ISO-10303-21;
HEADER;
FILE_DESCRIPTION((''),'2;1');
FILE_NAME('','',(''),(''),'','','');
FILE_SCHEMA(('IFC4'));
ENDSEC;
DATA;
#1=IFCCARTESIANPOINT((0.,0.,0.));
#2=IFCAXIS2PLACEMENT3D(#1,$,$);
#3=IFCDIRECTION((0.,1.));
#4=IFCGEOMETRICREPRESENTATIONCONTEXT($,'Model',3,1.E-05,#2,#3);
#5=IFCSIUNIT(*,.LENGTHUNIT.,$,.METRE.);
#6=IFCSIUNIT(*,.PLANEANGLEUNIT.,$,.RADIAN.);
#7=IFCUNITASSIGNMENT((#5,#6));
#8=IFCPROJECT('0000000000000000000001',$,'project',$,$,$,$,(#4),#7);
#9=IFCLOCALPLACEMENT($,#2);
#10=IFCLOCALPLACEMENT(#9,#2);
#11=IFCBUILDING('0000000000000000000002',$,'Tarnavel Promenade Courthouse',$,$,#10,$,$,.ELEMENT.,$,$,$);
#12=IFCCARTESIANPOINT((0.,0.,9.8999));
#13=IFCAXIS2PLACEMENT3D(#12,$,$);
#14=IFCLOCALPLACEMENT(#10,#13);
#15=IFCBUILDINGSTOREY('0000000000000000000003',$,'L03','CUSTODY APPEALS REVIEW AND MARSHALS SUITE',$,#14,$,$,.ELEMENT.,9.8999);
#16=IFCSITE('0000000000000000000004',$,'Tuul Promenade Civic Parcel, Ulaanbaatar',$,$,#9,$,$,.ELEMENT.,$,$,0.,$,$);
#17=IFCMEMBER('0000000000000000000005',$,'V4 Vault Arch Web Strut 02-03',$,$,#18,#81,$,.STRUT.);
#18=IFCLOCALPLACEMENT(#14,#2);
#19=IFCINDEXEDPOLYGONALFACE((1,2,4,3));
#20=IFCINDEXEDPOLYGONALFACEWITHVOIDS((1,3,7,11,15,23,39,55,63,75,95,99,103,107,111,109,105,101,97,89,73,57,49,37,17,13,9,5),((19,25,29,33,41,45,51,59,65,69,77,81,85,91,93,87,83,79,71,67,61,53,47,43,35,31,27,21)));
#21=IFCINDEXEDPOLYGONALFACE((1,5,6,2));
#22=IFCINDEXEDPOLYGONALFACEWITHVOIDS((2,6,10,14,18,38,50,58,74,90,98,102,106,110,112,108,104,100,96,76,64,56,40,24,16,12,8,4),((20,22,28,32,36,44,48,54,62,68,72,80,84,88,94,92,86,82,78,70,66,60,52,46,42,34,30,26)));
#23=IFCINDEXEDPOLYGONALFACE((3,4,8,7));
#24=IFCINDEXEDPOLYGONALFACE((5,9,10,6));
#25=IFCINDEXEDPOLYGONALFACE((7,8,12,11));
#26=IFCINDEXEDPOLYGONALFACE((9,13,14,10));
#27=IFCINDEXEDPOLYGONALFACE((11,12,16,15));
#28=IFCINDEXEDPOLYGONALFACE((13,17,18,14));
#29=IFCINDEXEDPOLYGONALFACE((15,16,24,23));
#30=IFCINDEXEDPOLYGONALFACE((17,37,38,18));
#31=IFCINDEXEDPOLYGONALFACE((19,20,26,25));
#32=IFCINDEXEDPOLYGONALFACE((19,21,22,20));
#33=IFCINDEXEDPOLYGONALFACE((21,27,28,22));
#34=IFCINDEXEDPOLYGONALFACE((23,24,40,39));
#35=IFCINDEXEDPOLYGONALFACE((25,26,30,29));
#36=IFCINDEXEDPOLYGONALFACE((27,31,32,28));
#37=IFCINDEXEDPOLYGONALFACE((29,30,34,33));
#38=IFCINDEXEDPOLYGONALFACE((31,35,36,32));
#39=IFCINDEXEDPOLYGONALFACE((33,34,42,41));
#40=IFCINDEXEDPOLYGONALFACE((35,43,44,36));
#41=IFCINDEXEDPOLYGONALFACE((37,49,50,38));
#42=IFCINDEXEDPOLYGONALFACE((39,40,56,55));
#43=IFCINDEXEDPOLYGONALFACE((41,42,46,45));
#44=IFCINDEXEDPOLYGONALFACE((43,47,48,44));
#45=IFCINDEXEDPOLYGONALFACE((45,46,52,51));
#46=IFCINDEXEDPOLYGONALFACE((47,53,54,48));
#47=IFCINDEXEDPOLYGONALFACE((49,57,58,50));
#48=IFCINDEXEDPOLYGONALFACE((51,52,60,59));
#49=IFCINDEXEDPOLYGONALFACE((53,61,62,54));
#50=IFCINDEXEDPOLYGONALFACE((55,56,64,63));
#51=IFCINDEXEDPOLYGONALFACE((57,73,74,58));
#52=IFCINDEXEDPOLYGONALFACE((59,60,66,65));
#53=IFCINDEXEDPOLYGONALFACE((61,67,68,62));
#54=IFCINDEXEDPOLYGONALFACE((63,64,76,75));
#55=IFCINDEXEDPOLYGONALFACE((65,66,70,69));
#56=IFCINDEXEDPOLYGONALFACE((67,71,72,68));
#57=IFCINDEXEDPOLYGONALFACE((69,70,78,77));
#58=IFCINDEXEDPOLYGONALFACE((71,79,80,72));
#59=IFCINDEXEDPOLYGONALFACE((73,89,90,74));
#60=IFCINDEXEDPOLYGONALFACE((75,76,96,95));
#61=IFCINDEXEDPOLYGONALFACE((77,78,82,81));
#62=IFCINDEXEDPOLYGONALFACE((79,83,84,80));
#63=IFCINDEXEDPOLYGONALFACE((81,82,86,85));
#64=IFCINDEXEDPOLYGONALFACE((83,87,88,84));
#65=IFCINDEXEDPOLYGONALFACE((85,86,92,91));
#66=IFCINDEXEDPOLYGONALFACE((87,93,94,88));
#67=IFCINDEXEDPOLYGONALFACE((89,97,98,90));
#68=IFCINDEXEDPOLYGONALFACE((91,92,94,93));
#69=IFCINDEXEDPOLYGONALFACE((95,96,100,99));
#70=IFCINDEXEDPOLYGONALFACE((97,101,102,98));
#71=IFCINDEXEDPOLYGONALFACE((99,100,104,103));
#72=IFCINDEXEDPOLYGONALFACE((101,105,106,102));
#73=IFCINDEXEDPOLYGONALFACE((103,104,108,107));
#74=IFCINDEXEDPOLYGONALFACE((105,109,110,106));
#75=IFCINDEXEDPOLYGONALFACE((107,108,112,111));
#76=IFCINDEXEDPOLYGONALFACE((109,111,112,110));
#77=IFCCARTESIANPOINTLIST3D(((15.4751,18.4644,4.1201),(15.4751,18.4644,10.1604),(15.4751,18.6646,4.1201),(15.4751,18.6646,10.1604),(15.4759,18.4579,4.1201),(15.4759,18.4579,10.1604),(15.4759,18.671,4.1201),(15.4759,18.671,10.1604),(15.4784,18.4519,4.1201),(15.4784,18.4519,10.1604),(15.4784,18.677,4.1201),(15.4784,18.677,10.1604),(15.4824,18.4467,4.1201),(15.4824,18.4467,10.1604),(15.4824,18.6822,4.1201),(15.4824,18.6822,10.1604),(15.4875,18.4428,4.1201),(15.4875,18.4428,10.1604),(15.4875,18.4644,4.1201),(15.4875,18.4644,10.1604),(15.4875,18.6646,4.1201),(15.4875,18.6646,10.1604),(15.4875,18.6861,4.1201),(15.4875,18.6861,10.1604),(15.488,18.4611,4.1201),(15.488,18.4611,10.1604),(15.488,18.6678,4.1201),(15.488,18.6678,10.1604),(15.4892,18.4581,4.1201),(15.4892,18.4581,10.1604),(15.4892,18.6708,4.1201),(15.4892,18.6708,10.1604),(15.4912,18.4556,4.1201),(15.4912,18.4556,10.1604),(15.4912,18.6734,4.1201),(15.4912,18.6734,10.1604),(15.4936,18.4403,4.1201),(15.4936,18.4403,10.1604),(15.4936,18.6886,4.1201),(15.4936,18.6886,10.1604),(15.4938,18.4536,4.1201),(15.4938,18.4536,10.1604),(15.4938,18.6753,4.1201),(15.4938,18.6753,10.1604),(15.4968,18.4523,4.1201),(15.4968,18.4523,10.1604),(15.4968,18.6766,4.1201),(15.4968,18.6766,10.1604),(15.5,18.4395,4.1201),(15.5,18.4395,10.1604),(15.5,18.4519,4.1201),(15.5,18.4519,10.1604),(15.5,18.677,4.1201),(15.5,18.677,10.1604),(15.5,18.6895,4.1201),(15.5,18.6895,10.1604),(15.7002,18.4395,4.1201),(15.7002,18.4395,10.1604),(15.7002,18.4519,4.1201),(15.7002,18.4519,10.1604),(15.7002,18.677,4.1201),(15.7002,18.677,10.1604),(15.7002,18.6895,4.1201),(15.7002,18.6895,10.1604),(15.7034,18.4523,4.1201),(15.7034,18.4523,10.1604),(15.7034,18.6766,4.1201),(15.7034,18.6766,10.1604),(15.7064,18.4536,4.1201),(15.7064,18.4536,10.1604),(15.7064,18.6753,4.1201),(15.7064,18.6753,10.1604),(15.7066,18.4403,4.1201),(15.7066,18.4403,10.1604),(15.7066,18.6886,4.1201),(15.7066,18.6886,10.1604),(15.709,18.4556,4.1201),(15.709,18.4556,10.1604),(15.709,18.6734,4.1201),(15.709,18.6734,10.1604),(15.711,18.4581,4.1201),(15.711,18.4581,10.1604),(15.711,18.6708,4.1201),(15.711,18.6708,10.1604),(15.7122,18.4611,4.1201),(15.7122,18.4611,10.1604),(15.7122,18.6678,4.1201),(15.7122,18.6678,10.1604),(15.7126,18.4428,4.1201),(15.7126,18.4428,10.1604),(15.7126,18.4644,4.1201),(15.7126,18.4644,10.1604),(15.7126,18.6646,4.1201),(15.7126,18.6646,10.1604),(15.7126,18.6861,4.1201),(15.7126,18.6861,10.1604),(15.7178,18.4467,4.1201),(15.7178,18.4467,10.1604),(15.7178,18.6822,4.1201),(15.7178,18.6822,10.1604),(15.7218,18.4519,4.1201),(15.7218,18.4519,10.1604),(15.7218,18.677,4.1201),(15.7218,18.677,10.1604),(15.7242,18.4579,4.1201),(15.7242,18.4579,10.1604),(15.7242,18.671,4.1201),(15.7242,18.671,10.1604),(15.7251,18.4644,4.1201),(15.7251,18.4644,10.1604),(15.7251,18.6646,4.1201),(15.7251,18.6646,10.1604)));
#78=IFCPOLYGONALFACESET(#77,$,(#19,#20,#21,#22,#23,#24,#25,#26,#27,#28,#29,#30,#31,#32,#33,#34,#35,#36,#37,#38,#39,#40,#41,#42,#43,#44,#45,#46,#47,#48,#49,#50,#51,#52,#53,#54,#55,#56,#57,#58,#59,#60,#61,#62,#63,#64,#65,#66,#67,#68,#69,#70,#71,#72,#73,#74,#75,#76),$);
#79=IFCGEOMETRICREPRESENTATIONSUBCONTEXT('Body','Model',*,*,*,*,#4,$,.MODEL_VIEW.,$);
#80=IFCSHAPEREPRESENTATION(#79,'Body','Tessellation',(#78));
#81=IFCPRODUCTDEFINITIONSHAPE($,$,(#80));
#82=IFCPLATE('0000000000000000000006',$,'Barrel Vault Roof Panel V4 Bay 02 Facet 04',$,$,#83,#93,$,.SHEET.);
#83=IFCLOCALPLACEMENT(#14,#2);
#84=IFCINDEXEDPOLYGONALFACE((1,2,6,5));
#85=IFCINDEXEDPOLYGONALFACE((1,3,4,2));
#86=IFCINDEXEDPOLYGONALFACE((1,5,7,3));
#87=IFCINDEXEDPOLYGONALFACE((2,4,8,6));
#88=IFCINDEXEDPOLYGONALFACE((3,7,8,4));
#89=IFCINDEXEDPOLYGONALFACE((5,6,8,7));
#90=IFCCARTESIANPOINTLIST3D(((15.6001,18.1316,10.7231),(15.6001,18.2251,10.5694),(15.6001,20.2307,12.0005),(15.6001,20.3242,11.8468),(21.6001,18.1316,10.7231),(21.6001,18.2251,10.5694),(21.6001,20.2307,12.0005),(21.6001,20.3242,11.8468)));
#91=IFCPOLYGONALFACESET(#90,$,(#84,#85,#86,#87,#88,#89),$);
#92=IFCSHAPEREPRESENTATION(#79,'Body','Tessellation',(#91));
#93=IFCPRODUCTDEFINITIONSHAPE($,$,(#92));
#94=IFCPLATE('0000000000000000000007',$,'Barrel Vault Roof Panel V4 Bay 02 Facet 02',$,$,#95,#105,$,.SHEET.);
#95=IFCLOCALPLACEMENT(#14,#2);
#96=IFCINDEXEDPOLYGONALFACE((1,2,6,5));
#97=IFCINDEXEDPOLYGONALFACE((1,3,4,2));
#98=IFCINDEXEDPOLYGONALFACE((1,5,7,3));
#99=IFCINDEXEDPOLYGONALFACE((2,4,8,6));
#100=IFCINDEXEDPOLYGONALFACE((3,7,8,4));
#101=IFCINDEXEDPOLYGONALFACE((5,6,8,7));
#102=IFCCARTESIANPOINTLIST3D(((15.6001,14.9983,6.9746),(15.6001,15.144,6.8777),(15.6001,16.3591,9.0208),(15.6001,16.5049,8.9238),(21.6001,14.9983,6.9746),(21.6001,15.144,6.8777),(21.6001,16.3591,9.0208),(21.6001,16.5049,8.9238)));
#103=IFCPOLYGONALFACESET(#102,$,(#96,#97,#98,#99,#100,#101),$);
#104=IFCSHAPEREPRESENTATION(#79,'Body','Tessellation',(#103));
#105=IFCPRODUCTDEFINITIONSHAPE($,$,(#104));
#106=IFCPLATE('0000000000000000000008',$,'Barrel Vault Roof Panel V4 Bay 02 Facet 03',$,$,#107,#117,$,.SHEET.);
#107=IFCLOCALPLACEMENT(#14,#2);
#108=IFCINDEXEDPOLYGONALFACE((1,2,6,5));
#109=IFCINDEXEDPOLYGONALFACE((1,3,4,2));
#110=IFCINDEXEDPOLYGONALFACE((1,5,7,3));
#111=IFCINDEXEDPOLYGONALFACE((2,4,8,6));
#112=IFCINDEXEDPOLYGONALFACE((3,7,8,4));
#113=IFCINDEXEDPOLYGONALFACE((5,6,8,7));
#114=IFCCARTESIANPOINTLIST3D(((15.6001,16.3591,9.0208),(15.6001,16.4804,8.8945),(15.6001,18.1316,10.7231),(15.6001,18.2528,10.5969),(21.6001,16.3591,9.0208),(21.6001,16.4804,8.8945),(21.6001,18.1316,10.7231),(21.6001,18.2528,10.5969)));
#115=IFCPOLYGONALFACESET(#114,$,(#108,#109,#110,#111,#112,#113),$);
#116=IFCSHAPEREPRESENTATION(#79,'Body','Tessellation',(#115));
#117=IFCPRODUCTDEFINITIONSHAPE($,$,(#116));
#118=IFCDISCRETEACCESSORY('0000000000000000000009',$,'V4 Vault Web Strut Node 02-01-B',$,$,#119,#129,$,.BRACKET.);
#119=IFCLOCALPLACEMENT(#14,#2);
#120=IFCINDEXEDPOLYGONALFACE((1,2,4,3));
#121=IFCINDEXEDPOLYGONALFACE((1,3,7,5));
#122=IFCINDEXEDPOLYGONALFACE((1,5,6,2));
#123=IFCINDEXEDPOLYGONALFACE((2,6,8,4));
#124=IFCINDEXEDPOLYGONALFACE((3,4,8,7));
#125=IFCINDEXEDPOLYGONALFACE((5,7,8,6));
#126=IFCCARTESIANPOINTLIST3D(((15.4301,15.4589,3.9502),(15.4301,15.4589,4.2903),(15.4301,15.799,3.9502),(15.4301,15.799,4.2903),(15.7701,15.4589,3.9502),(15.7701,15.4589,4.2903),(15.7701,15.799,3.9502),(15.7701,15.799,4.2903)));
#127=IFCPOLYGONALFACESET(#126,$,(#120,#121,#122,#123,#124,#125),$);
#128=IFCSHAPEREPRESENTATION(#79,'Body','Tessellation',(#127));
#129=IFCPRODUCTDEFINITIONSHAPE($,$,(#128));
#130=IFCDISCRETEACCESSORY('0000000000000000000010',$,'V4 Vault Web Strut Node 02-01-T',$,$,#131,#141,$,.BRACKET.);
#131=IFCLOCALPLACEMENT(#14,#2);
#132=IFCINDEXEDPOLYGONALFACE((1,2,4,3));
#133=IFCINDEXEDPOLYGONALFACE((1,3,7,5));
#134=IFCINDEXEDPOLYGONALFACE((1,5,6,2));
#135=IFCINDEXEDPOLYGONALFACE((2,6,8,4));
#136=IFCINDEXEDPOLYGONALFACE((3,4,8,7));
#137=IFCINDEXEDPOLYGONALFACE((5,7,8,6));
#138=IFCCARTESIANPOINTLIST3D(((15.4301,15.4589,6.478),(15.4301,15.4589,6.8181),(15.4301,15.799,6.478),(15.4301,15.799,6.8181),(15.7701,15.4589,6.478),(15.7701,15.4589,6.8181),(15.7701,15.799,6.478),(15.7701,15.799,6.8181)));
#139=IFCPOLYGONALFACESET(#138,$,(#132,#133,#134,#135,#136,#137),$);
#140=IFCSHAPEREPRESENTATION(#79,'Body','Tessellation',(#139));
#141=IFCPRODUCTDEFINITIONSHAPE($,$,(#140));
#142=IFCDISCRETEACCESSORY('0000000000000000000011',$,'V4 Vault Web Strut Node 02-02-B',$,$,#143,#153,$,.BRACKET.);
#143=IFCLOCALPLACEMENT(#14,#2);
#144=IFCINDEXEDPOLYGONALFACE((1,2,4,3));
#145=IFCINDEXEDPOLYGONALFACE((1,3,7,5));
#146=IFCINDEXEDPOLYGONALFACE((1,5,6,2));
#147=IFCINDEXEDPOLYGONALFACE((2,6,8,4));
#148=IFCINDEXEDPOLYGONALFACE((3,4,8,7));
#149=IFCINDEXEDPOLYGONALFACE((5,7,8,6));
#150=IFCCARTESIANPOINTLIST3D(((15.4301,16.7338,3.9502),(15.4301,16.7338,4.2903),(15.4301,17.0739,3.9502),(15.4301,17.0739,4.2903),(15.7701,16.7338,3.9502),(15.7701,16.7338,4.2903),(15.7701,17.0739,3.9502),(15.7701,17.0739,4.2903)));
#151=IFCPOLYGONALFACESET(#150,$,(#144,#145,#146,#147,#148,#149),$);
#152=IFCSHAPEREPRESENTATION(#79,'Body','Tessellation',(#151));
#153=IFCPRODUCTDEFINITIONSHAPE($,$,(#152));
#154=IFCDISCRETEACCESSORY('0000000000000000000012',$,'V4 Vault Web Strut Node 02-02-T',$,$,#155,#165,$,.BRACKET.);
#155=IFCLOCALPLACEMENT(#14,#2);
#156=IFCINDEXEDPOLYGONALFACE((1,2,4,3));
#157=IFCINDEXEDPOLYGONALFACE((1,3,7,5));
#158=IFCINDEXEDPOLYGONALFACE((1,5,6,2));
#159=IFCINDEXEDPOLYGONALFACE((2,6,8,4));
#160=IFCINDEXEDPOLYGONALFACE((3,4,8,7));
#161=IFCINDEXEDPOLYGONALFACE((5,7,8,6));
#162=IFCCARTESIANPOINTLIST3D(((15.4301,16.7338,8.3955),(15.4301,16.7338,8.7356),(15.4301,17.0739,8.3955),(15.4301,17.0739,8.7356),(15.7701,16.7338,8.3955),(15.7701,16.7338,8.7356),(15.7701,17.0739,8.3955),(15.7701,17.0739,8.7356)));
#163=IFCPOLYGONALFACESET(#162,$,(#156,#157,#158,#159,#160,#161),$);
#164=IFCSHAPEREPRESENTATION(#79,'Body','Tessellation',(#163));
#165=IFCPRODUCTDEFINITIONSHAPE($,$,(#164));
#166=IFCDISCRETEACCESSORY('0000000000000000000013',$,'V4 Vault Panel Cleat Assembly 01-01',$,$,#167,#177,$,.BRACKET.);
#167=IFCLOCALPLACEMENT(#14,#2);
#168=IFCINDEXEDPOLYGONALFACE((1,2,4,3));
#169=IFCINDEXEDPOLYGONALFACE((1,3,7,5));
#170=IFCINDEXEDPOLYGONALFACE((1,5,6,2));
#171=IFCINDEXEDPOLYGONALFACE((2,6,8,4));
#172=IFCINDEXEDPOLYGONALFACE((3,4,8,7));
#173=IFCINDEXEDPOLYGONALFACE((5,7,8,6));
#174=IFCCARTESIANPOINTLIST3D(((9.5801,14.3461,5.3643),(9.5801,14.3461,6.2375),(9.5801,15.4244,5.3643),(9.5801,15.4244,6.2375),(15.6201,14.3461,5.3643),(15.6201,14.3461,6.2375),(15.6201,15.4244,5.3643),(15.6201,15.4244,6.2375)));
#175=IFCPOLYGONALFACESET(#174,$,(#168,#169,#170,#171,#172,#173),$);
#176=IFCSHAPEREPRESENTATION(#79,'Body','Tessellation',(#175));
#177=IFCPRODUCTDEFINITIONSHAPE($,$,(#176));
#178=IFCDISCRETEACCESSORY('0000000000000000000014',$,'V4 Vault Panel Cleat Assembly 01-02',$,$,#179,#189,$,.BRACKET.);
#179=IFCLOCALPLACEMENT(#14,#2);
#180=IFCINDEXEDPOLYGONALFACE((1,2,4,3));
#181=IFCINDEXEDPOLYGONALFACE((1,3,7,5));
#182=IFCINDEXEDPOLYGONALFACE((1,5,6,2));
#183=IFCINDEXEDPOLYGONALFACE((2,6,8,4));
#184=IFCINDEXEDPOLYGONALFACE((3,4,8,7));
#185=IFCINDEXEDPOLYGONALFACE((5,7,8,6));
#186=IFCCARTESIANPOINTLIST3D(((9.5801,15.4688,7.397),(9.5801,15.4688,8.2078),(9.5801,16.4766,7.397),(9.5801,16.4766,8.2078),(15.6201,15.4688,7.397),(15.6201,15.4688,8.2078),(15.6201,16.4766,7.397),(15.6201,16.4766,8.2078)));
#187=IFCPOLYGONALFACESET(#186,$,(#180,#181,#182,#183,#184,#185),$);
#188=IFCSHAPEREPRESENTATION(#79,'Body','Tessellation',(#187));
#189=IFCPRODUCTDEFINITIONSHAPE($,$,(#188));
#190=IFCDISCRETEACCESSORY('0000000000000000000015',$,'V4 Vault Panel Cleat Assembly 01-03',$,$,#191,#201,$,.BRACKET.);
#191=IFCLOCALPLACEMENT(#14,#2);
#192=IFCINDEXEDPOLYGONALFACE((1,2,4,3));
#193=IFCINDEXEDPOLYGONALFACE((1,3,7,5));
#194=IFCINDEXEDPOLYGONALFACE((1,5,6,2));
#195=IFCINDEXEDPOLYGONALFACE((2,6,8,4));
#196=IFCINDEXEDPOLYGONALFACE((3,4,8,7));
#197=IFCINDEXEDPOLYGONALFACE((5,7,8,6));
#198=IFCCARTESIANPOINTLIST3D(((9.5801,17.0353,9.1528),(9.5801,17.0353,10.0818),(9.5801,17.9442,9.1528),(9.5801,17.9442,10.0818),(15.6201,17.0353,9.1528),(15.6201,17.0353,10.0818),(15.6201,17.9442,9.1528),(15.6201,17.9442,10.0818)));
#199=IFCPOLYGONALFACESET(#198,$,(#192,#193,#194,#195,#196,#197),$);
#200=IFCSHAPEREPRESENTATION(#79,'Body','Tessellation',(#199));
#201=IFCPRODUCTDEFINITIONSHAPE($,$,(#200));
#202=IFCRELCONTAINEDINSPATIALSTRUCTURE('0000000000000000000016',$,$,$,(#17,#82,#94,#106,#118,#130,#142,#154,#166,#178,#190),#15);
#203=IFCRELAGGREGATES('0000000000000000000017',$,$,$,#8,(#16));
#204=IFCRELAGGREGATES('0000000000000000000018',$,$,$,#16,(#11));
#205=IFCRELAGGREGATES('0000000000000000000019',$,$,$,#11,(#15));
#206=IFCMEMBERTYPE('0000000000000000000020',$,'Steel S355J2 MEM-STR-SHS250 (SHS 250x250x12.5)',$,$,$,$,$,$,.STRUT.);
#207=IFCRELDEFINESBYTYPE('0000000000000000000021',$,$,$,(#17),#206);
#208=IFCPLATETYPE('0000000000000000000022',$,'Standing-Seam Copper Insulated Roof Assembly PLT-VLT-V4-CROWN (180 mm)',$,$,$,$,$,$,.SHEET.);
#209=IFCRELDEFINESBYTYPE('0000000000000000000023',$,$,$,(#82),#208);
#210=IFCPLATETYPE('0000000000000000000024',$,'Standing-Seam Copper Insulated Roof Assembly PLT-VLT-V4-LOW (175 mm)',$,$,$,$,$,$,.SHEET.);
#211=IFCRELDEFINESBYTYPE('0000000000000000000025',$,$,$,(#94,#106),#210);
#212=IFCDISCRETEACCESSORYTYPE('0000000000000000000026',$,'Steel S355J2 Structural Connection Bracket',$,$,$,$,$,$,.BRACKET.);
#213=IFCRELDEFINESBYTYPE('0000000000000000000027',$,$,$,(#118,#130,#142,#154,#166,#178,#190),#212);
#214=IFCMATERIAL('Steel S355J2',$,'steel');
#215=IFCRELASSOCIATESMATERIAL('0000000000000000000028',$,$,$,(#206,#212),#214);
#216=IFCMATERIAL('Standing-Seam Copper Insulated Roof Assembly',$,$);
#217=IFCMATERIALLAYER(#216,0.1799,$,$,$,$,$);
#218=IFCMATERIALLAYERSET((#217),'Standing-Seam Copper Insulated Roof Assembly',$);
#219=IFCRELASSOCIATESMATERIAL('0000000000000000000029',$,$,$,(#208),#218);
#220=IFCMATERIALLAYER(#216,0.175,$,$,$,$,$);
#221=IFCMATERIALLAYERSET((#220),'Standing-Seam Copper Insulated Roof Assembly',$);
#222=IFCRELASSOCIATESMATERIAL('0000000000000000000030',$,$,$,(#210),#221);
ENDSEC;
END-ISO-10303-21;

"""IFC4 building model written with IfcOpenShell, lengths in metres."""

from ifc_helpers import new_model, si_unit, direction, frame, origin, origin_2d, place, context, subcontext, project, spatial, polyline, rectangle, hollow_rectangle, outline, extrude, material, layer, layer_set, material_profile, profile_set, type_object, element, save


model = new_model("IFC4")

# Units and contexts
model_context = context("Model", 3, precision=1e-05, world=origin(), true_north=direction((0.0, 1.0)))
body_context = subcontext(model_context, "Body", "Model", "MODEL_VIEW")
ifc_project = project(units=[si_unit("LENGTHUNIT", "METRE"), si_unit("PLANEANGLEUNIT", "RADIAN")], contexts=[model_context])

# Site, building, storey
site_placement = place(None, origin())
site = spatial("IfcSite", under=ifc_project, at=site_placement, Name="Tuul Promenade Civic Parcel, Ulaanbaatar", CompositionType="ELEMENT", RefElevation=0.0)
building_placement = place(site_placement, origin())
building = spatial("IfcBuilding", under=site, at=building_placement, Name="Tarnavel Promenade Courthouse", CompositionType="ELEMENT")
storey_placement = place(building_placement, frame((0.0, 0.0, 9.8999)))
storey = spatial("IfcBuildingStorey", under=building, at=storey_placement, Name="L03", Description="CUSTODY APPEALS REVIEW AND MARSHALS SUITE", CompositionType="ELEMENT", Elevation=9.8999)

# Shared definitions
ifc_material_1 = material(Name="Steel S355J2", Category="steel")

# Member
ifc_material_profile_1 = material_profile(ifc_material_1, hollow_rectangle(XDim=0.25, YDim=0.25, WallThickness=0.0125, InnerFilletRadius=0.0125, OuterFilletRadius=0.0249, at=origin_2d()), Name="SHS 250x250x12.5")
ifc_profile_set_1 = profile_set([ifc_material_profile_1], Name="Steel S355J2")
member_type_1 = type_object("IfcMemberType", Name="Steel S355J2 MEM-STR-SHS250 (SHS 250x250x12.5)", PredefinedType="STRUT", material=ifc_profile_set_1)
member_1_placement = place(storey_placement, frame((15.6001, 18.5645, 4.1201), z_axis=(0.0, 0.0, 1.0), x_axis=(1.0, 0.0, 0.0)))
element("IfcMember", 1, at=member_1_placement, inside=storey, type_object=member_type_1, Name="V4 Vault Arch Web Strut 02-03", PredefinedType="STRUT", context=body_context, shape_type="SweptSolid", body=[
    extrude(hollow_rectangle(XDim=0.25, YDim=0.25, WallThickness=0.0125, InnerFilletRadius=0.0125, OuterFilletRadius=0.0249, at=origin_2d()), origin(), (0.0, 0.0, 1.0), 6.0403),
])

# Plates
ifc_material_2 = material(Name="Standing-Seam Copper Insulated Roof Assembly")
ifc_layer_1 = layer(ifc_material_2, 0.1799)
ifc_layer_set_1 = layer_set([ifc_layer_1], Name="Standing-Seam Copper Insulated Roof Assembly")
plate_type_1 = type_object("IfcPlateType", Name="Standing-Seam Copper Insulated Roof Assembly PLT-VLT-V4-CROWN (180 mm)", PredefinedType="SHEET", material=ifc_layer_set_1)
plate_1_placement = place(storey_placement, frame((15.6001, 18.1316, 10.7231), z_axis=(0.0, -0.519833, 0.854268), x_axis=(1.0, 0.0, 0.0)))
element("IfcPlate", 2, at=plate_1_placement, inside=storey, type_object=plate_type_1, Name="Barrel Vault Roof Panel V4 Bay 02 Facet 04", PredefinedType="SHEET", context=body_context, shape_type="SweptSolid", body=[
    extrude(outline(polyline([(0.0, 0.0), (6.0, 0.0), (6.0, 2.4572), (0.0, 2.4572), (0.0, 0.0)])), origin(), (0.0, 0.0, -1.0), 0.1799),
])
ifc_layer_2 = layer(ifc_material_2, 0.175)
ifc_layer_set_2 = layer_set([ifc_layer_2], Name="Standing-Seam Copper Insulated Roof Assembly")
plate_type_2 = type_object("IfcPlateType", Name="Standing-Seam Copper Insulated Roof Assembly PLT-VLT-V4-LOW (175 mm)", PredefinedType="SHEET", material=ifc_layer_set_2)
plate_2_placement = place(storey_placement, frame((15.6001, 14.9983, 6.9746), z_axis=(0.0, -0.832661, 0.553783), x_axis=(1.0, 0.0, 0.0)))
element("IfcPlate", 3, at=plate_2_placement, inside=storey, type_object=plate_type_2, Name="Barrel Vault Roof Panel V4 Bay 02 Facet 02", PredefinedType="SHEET", context=body_context, shape_type="SweptSolid", body=[
    extrude(outline(polyline([(0.0, 0.0), (6.0, 0.0), (6.0, 2.4574), (0.0, 2.4574), (0.0, 0.0)])), origin(), (0.0, 0.0, -1.0), 0.175),
])
plate_3_placement = place(storey_placement, frame((15.6001, 16.3591, 9.0208), z_axis=(0.0, -0.692708, 0.721219), x_axis=(1.0, 0.0, 0.0)))
element("IfcPlate", 4, at=plate_3_placement, inside=storey, type_object=plate_type_2, Name="Barrel Vault Roof Panel V4 Bay 02 Facet 03", PredefinedType="SHEET", context=body_context, shape_type="SweptSolid", body=[
    extrude(outline(polyline([(0.0, 0.0), (6.0, 0.0), (6.0, 2.4576), (0.0, 2.4576), (0.0, 0.0)])), origin(), (0.0, 0.0, -1.0), 0.175),
])

# Discrete accessories
discrete_accessory_type = type_object("IfcDiscreteAccessoryType", Name="Steel S355J2 Structural Connection Bracket", PredefinedType="BRACKET", material=ifc_material_1)
for number, where, z_axis, x_axis, name in (
    (5, (15.6001, 15.6289, 3.9502), (0.0, 0.0, 1.0), (1.0, 0.0, 0.0), "V4 Vault Web Strut Node 02-01-B"),
    (6, (15.6001, 15.6289, 6.478), (0.0, 0.0, 1.0), (1.0, 0.0, 0.0), "V4 Vault Web Strut Node 02-01-T"),
    (7, (15.6001, 16.9038, 3.9502), (0.0, 0.0, 1.0), (1.0, 0.0, 0.0), "V4 Vault Web Strut Node 02-02-B"),
    (8, (15.6001, 16.9038, 8.3955), (0.0, 0.0, 1.0), (1.0, 0.0, 0.0), "V4 Vault Web Strut Node 02-02-T"),
):
    element("IfcDiscreteAccessory", number, at=place(storey_placement, frame(where, z_axis=z_axis, x_axis=x_axis)), inside=storey, type_object=discrete_accessory_type, Name=name, PredefinedType="BRACKET", context=body_context, shape_type="SweptSolid", body=[
        extrude(rectangle(XDim=0.3401, YDim=0.3401, at=origin_2d()), origin(), (0.0, 0.0, 1.0), 0.3401),
    ])
discrete_accessory_1_placement = place(storey_placement, frame((12.6001, 14.8853, 5.3643), z_axis=(0.0, 0.0, 1.0), x_axis=(1.0, 0.0, 0.0)))
element("IfcDiscreteAccessory", 9, at=discrete_accessory_1_placement, inside=storey, type_object=discrete_accessory_type, Name="V4 Vault Panel Cleat Assembly 01-01", PredefinedType="BRACKET", context=body_context, shape_type="SweptSolid", body=[
    extrude(rectangle(XDim=6.04, YDim=1.0784, at=origin_2d()), origin(), (0.0, 0.0, 1.0), 0.8733),
])
discrete_accessory_2_placement = place(storey_placement, frame((12.6001, 15.9727, 7.397), z_axis=(0.0, 0.0, 1.0), x_axis=(1.0, 0.0, 0.0)))
element("IfcDiscreteAccessory", 10, at=discrete_accessory_2_placement, inside=storey, type_object=discrete_accessory_type, Name="V4 Vault Panel Cleat Assembly 01-02", PredefinedType="BRACKET", context=body_context, shape_type="SweptSolid", body=[
    extrude(rectangle(XDim=6.04, YDim=1.0078, at=origin_2d()), origin(), (0.0, 0.0, 1.0), 0.8108),
])
discrete_accessory_3_placement = place(storey_placement, frame((12.6001, 17.4897, 9.1528), z_axis=(0.0, 0.0, 1.0), x_axis=(1.0, 0.0, 0.0)))
element("IfcDiscreteAccessory", 11, at=discrete_accessory_3_placement, inside=storey, type_object=discrete_accessory_type, Name="V4 Vault Panel Cleat Assembly 01-03", PredefinedType="BRACKET", context=body_context, shape_type="SweptSolid", body=[
    extrude(rectangle(XDim=6.04, YDim=0.9089, at=origin_2d()), origin(), (0.0, 0.0, 1.0), 0.929),
])

save(model, "model.ifc")
